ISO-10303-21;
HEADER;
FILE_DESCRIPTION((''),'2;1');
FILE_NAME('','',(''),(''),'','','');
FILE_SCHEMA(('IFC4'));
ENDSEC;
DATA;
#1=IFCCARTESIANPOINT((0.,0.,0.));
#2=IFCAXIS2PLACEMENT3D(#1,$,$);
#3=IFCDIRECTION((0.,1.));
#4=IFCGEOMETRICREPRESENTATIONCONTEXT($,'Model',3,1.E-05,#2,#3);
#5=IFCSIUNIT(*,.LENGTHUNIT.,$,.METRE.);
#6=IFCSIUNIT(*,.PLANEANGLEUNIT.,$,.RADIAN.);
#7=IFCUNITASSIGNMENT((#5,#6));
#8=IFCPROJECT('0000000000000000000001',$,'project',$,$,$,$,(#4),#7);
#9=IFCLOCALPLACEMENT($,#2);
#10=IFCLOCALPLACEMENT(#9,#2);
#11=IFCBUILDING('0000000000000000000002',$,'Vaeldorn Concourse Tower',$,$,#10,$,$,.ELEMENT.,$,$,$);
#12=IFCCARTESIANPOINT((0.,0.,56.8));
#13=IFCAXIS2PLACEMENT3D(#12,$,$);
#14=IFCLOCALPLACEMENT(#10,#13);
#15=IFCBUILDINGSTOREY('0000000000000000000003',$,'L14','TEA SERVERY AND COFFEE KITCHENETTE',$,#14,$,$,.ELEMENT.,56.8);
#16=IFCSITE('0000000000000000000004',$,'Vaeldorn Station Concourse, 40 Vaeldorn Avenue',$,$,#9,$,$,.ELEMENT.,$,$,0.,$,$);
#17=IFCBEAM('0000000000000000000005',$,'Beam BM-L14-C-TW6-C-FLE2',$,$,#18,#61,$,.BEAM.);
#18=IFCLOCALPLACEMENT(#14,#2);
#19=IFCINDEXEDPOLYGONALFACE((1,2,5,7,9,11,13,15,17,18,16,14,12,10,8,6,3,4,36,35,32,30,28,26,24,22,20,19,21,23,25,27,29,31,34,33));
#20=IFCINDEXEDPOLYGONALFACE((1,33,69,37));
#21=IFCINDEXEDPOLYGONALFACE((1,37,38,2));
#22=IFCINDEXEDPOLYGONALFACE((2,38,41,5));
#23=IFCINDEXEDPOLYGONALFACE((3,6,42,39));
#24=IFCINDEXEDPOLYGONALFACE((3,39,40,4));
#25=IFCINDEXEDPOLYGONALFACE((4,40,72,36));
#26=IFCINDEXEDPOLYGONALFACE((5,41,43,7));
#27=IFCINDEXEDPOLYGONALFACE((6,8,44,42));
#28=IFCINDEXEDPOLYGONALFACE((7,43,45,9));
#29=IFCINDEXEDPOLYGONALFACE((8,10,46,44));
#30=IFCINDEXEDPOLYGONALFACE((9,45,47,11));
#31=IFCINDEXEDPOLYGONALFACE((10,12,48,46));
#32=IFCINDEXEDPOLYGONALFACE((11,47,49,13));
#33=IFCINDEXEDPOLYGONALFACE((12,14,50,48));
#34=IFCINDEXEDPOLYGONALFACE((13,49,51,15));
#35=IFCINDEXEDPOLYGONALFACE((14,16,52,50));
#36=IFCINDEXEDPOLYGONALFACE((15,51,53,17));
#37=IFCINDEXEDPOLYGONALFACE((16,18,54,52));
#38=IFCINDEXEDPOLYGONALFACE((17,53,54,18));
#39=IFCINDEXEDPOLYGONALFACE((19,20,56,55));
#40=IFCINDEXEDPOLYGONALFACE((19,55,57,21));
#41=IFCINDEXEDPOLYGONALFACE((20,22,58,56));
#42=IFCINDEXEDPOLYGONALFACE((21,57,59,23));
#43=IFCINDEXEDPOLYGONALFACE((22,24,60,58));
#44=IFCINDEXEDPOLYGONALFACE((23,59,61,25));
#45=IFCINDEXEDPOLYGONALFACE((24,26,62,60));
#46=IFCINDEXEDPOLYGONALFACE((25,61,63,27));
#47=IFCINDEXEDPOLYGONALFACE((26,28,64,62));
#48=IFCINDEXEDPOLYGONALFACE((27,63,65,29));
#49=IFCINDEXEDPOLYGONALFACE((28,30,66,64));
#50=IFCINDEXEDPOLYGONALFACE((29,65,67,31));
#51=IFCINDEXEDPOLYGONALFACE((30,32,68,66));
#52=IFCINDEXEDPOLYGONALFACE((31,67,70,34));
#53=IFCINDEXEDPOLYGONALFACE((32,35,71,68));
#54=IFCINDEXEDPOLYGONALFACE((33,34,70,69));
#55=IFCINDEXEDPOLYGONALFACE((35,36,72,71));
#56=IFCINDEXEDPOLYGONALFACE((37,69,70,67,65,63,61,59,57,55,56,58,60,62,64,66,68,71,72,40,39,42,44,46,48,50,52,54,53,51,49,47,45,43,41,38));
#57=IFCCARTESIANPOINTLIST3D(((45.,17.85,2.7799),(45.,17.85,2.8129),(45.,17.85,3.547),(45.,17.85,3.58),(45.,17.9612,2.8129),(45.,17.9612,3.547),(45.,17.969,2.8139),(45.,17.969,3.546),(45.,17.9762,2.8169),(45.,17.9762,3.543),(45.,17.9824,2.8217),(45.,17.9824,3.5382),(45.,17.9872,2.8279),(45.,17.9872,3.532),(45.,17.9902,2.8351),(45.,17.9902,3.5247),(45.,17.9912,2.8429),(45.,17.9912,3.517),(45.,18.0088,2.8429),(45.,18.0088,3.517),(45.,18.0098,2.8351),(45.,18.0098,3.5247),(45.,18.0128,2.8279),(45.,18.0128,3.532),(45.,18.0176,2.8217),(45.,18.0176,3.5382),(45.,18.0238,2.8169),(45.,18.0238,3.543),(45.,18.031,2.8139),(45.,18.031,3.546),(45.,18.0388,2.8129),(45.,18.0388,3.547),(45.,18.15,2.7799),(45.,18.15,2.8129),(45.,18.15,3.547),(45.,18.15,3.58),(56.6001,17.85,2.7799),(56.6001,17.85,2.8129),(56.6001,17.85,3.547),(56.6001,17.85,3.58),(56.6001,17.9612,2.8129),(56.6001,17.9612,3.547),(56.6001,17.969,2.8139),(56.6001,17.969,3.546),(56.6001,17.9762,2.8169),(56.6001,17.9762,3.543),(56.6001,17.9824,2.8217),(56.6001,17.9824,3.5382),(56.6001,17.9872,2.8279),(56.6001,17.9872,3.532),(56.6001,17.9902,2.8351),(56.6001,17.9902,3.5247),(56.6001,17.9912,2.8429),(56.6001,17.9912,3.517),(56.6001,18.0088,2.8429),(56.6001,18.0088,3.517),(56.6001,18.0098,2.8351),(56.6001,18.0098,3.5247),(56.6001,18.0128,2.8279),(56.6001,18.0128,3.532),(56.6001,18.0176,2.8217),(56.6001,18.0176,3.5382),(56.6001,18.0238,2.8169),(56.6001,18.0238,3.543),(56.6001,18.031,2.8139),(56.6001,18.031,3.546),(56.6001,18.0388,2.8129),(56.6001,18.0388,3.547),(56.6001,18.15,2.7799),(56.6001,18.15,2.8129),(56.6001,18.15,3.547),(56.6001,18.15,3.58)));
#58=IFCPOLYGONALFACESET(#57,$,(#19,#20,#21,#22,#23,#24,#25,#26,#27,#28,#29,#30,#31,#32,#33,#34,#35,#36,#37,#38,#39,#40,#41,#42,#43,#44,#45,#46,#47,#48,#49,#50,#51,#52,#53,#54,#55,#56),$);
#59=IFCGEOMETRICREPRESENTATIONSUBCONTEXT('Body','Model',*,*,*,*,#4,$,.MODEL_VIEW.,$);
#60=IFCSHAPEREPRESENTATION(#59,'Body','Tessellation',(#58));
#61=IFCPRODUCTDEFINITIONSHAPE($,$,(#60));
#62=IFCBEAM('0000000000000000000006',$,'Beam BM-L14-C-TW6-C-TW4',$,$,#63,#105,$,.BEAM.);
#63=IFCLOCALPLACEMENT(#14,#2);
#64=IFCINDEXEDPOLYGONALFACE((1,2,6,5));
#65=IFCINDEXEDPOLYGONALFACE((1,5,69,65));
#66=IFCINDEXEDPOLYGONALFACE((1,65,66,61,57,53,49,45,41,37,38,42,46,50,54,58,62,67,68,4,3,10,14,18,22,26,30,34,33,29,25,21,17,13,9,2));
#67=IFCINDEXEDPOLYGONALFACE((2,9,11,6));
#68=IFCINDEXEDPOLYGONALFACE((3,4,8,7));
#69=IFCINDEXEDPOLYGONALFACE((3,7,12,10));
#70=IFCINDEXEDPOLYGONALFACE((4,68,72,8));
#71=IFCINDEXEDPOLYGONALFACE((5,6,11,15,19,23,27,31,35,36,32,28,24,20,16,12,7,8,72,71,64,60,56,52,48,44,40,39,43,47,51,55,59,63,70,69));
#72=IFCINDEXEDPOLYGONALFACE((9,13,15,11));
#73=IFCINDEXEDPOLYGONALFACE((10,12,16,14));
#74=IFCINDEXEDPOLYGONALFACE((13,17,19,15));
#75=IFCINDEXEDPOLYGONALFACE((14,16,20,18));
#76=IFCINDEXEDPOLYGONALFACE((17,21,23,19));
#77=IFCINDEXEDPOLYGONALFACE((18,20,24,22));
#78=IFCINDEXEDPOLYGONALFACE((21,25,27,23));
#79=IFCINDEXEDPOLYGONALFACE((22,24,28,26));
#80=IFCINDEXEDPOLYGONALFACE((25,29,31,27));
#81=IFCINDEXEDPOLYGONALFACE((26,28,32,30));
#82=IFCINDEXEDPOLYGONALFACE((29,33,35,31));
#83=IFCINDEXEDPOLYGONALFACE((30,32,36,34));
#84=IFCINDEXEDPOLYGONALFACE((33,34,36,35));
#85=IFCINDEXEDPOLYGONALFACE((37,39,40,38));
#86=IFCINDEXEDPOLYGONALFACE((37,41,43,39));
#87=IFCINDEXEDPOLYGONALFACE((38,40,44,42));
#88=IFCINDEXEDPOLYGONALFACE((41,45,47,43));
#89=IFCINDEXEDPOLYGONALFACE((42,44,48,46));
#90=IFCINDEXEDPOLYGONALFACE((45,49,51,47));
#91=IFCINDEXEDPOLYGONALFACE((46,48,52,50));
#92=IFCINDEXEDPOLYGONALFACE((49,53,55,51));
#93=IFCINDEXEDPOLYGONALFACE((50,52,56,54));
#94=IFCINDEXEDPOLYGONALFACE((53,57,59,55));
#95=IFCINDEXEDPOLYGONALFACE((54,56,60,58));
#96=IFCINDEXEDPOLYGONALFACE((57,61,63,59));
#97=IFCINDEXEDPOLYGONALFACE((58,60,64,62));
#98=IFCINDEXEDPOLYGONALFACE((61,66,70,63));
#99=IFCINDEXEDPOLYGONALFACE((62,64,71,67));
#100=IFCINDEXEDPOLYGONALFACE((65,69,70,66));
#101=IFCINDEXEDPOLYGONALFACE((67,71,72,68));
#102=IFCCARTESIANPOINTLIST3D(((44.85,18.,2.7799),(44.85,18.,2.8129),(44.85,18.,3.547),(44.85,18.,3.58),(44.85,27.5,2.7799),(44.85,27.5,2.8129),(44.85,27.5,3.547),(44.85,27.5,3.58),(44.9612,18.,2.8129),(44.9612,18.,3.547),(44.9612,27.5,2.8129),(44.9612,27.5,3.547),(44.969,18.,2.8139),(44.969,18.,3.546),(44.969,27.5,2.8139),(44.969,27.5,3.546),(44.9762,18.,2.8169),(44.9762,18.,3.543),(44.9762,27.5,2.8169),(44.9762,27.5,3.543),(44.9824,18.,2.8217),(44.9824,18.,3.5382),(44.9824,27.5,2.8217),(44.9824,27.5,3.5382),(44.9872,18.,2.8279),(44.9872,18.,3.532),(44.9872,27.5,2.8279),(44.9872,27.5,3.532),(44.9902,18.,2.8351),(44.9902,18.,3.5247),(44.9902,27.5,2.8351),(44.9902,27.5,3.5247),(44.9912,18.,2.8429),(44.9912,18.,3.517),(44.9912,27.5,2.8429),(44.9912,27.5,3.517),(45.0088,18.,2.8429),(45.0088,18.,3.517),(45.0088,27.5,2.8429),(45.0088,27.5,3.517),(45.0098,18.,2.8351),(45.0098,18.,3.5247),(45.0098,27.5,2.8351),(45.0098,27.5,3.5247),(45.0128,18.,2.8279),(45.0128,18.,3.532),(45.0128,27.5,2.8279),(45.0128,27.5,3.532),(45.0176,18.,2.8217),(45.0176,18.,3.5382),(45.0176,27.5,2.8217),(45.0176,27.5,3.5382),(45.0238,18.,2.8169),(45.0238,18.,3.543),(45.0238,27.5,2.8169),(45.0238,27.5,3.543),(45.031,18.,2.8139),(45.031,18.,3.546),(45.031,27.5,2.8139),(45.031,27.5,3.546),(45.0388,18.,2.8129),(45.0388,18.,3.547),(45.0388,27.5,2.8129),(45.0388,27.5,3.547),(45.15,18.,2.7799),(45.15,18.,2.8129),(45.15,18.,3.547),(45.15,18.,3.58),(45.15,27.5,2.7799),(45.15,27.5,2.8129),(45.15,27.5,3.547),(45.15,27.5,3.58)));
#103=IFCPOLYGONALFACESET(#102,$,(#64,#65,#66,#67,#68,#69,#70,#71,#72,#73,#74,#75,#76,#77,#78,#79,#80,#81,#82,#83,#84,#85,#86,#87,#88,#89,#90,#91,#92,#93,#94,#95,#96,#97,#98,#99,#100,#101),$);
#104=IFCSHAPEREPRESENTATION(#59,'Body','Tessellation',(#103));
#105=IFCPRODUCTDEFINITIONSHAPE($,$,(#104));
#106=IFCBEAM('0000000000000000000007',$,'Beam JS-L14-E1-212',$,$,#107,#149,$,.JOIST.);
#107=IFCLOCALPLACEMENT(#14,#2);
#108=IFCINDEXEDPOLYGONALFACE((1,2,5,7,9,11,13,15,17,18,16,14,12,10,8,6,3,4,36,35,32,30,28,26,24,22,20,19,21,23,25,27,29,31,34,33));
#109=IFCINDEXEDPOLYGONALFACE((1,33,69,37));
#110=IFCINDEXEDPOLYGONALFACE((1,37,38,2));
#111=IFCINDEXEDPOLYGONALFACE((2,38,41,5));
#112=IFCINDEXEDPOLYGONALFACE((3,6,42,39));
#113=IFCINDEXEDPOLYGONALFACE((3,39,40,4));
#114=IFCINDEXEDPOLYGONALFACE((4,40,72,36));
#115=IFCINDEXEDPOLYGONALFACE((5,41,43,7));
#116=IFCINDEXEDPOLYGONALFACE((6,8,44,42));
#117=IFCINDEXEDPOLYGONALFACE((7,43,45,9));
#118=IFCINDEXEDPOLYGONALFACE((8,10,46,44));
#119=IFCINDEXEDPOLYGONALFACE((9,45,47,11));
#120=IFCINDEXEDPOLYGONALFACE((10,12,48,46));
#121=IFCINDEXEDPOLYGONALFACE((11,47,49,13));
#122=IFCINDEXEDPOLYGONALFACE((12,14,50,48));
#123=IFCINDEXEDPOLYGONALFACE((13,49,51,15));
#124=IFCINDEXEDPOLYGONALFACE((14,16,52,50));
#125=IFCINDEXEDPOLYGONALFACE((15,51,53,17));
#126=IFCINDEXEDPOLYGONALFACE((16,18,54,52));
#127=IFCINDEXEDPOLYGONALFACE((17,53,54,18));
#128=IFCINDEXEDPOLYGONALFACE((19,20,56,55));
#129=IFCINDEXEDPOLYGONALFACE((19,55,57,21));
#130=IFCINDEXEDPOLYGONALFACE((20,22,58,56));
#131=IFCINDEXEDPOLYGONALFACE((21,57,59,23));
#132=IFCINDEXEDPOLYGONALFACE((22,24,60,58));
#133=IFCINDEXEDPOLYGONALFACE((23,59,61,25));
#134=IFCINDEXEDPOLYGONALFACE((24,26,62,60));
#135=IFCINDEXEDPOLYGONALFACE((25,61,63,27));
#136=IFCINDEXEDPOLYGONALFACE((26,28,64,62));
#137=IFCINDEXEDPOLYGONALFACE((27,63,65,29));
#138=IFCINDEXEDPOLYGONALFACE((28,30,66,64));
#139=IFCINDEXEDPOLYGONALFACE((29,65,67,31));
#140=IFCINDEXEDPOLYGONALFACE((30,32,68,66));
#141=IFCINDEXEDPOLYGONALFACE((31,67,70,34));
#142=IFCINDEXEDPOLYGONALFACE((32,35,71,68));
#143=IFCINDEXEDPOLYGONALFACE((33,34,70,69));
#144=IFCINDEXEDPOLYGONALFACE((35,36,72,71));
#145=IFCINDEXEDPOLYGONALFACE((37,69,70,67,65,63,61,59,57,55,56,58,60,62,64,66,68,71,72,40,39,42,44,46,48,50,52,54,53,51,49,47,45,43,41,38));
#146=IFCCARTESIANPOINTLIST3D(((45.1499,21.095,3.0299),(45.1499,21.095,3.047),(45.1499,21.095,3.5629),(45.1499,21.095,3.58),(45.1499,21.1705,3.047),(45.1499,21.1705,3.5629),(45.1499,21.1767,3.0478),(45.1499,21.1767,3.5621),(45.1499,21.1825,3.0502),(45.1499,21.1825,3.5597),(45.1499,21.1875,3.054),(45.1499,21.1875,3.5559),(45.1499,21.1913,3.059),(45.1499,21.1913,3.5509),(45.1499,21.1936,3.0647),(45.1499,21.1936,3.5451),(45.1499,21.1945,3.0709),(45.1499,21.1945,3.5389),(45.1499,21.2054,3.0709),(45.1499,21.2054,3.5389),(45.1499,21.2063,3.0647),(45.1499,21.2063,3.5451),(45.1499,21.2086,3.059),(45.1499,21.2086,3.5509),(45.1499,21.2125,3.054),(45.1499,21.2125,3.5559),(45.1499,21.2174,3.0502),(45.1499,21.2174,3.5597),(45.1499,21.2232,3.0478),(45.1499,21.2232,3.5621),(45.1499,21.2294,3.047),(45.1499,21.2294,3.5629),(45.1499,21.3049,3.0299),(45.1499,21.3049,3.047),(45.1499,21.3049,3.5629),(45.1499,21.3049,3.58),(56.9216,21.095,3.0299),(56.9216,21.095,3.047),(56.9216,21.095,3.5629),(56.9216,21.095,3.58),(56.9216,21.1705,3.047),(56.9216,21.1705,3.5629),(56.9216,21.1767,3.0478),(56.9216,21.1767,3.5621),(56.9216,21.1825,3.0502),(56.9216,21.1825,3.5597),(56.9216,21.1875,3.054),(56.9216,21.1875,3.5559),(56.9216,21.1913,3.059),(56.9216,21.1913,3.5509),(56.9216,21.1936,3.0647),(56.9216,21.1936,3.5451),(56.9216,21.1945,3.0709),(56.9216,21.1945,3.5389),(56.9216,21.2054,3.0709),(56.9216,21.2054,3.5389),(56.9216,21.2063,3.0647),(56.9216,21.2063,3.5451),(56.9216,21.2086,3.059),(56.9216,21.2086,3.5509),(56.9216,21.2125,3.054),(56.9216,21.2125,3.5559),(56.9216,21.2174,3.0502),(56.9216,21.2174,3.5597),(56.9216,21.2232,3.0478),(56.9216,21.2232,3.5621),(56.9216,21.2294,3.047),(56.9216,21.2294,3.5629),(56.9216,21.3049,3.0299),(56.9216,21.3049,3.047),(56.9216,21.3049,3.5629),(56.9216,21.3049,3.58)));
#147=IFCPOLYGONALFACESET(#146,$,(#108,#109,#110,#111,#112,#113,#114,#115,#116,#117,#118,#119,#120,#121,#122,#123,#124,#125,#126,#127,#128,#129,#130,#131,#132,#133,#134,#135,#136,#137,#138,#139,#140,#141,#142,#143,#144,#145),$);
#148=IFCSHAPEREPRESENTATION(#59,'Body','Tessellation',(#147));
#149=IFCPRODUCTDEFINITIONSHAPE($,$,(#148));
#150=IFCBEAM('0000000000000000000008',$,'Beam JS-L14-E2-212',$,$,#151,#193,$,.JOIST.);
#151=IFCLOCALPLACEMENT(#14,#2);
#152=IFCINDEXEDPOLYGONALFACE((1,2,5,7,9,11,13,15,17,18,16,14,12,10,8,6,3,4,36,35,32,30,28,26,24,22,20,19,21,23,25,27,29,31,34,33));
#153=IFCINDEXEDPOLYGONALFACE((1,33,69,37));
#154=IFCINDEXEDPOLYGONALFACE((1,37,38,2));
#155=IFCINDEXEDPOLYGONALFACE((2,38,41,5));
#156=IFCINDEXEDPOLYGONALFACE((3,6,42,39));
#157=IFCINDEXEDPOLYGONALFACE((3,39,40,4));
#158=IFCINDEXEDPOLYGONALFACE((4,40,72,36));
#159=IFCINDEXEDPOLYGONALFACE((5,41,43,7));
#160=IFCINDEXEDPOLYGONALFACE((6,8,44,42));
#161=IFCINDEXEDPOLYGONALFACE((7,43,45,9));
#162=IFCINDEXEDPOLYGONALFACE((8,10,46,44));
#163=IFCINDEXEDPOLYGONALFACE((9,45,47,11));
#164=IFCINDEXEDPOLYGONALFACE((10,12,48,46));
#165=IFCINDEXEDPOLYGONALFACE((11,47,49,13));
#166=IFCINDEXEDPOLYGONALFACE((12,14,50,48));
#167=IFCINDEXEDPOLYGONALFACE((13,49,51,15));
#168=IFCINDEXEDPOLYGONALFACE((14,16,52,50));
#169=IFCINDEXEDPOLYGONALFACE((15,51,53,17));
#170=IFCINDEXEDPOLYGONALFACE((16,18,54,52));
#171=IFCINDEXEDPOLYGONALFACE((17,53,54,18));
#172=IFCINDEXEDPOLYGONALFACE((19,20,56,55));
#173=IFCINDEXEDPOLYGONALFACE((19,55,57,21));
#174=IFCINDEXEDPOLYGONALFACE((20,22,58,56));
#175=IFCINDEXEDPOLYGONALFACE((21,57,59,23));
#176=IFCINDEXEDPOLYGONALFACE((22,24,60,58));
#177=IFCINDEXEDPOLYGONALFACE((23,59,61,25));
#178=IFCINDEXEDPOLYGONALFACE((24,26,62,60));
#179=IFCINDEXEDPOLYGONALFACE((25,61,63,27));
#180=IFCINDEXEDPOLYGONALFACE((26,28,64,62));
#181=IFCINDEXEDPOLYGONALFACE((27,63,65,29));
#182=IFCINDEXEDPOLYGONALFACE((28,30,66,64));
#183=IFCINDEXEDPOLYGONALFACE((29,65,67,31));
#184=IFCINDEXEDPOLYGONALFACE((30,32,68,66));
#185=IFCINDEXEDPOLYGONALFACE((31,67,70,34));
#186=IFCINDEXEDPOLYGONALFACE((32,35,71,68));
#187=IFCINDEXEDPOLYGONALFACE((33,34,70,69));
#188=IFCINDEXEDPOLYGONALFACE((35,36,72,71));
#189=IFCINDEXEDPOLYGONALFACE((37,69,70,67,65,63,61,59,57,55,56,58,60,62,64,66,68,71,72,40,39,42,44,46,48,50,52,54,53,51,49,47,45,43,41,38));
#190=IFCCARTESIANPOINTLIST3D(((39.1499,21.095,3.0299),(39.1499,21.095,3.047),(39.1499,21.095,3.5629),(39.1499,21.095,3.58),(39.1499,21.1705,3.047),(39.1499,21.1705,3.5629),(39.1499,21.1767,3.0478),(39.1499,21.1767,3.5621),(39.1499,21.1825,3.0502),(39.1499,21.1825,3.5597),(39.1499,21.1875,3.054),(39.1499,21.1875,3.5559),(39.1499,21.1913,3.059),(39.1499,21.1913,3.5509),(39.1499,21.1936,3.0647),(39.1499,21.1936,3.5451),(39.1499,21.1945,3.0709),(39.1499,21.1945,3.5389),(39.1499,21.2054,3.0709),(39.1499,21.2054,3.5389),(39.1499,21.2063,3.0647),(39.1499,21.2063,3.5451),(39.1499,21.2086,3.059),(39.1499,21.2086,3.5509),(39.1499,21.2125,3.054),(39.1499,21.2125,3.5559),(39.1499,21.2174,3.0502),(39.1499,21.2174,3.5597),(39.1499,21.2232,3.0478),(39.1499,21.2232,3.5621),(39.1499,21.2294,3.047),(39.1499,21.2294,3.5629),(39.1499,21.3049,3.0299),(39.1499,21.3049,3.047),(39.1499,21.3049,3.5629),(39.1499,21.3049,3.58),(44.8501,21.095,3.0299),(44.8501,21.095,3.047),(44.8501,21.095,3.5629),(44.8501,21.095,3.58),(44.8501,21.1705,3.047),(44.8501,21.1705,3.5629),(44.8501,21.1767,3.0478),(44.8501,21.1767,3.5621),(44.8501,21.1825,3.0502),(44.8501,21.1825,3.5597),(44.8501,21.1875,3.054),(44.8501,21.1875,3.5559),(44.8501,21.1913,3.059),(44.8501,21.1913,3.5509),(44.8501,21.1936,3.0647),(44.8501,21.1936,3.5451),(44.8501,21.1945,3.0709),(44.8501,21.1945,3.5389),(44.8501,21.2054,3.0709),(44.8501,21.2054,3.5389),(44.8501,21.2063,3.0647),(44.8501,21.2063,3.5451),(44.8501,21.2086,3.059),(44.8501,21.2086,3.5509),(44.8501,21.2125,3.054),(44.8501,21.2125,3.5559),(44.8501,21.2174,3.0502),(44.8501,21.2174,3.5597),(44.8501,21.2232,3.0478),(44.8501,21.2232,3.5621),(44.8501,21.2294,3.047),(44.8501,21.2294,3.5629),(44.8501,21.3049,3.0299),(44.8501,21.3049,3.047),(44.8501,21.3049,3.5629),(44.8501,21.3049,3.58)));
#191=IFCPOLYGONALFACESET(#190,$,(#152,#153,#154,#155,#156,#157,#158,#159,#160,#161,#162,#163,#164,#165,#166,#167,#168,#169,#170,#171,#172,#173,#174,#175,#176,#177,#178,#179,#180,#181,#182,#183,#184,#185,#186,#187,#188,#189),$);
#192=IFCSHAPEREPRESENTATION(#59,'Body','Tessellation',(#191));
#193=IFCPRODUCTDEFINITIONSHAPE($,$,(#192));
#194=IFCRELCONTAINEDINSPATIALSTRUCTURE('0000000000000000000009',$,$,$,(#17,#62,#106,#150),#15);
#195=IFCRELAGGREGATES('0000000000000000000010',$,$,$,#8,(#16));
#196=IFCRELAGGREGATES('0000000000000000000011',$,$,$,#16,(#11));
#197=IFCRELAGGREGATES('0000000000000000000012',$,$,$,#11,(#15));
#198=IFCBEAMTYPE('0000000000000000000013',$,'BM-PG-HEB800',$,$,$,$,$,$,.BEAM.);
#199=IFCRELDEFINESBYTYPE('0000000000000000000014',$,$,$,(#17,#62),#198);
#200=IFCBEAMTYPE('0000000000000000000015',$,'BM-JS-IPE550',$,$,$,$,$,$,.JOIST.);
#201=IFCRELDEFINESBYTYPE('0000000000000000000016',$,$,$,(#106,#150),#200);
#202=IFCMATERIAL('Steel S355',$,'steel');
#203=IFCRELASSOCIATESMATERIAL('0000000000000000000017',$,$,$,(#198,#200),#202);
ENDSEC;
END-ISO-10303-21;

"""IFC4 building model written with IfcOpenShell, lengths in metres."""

from ifc_helpers import new_model, si_unit, direction, frame, origin, origin_2d, place, context, subcontext, project, spatial, i_section, extrude, source, transform, mapped, material, material_profile, profile_set, type_object, element, save


model = new_model("IFC4")

# Units and contexts
model_context = context("Model", 3, precision=1e-05, world=origin(), true_north=direction((0.0, 1.0)))
body_context = subcontext(model_context, "Body", "Model", "MODEL_VIEW")
ifc_project = project(units=[si_unit("LENGTHUNIT", "METRE"), si_unit("PLANEANGLEUNIT", "RADIAN")], contexts=[model_context])

# Site, building, storey
site_placement = place(None, origin())
site = spatial("IfcSite", under=ifc_project, at=site_placement, Name="Vaeldorn Station Concourse, 40 Vaeldorn Avenue", CompositionType="ELEMENT", RefElevation=0.0)
building_placement = place(site_placement, origin())
building = spatial("IfcBuilding", under=site, at=building_placement, Name="Vaeldorn Concourse Tower", CompositionType="ELEMENT")
storey_placement = place(building_placement, frame((0.0, 0.0, 56.8)))
storey = spatial("IfcBuildingStorey", under=building, at=storey_placement, Name="L14", Description="TEA SERVERY AND COFFEE KITCHENETTE", CompositionType="ELEMENT", Elevation=56.8)

# Beams
ifc_material_1 = material(Name="Steel S355", Category="steel")
ifc_material_profile_1 = material_profile(ifc_material_1, i_section(OverallWidth=0.3, OverallDepth=0.8, WebThickness=0.0176, FlangeThickness=0.033, FilletRadius=0.03, at=origin_2d()), Name="HEB 800")
ifc_profile_set_1 = profile_set([ifc_material_profile_1], Name="Steel S355")
beam_type_1 = type_object("IfcBeamType", Name="BM-PG-HEB800", PredefinedType="BEAM", material=ifc_profile_set_1)
shared_shape_1 = source(origin(), body_context, "Body", "SweptSolid", [
    extrude(i_section(OverallWidth=0.3, OverallDepth=0.8, WebThickness=0.0176, FlangeThickness=0.033, FilletRadius=0.03, at=origin_2d()), origin(), (0.0, 0.0, 1.0), 11.6001),
])
beam_1_placement = place(storey_placement, frame((45.0, 18.0, 3.1799), z_axis=(1.0, 0.0, 0.0), x_axis=(0.0, 1.0, 0.0)))
element("IfcBeam", 1, at=beam_1_placement, inside=storey, type_object=beam_type_1, Name="Beam BM-L14-C-TW6-C-FLE2", PredefinedType="BEAM", context=body_context, shape_type="MappedRepresentation", body=[
    mapped(shared_shape_1, transform((0.0, 0.0, 0.0), scale=1.0)),
])
shared_shape_2 = source(origin(), body_context, "Body", "SweptSolid", [
    extrude(i_section(OverallWidth=0.3, OverallDepth=0.8, WebThickness=0.0176, FlangeThickness=0.033, FilletRadius=0.03, at=origin_2d()), origin(), (0.0, 0.0, 1.0), 9.5),
])
beam_2_placement = place(storey_placement, frame((45.0, 18.0, 3.1799), z_axis=(0.0, 1.0, 0.0), x_axis=(-1.0, 0.0, 0.0)))
element("IfcBeam", 2, at=beam_2_placement, inside=storey, type_object=beam_type_1, Name="Beam BM-L14-C-TW6-C-TW4", PredefinedType="BEAM", context=body_context, shape_type="MappedRepresentation", body=[
    mapped(shared_shape_2, transform((0.0, 0.0, 0.0), scale=1.0)),
])
ifc_material_profile_2 = material_profile(ifc_material_1, i_section(OverallWidth=0.21, OverallDepth=0.55, WebThickness=0.011, FlangeThickness=0.0171, FilletRadius=0.0239, at=origin_2d()), Name="IPE 550")
ifc_profile_set_2 = profile_set([ifc_material_profile_2], Name="Steel S355")
beam_type_2 = type_object("IfcBeamType", Name="BM-JS-IPE550", PredefinedType="JOIST", material=ifc_profile_set_2)
shared_shape_3 = source(origin(), body_context, "Body", "SweptSolid", [
    extrude(i_section(OverallWidth=0.21, OverallDepth=0.55, WebThickness=0.011, FlangeThickness=0.0171, FilletRadius=0.0239, at=origin_2d()), origin(), (0.0, 0.0, 1.0), 11.7717),
])
beam_3_placement = place(storey_placement, frame((45.1499, 21.2, 3.3049), z_axis=(1.0, 0.0, 0.0), x_axis=(0.0, 1.0, 0.0)))
element("IfcBeam", 3, at=beam_3_placement, inside=storey, type_object=beam_type_2, Name="Beam JS-L14-E1-212", PredefinedType="JOIST", context=body_context, shape_type="MappedRepresentation", body=[
    mapped(shared_shape_3, transform((0.0, 0.0, 0.0), scale=1.0)),
])
shared_shape_4 = source(origin(), body_context, "Body", "SweptSolid", [
    extrude(i_section(OverallWidth=0.21, OverallDepth=0.55, WebThickness=0.011, FlangeThickness=0.0171, FilletRadius=0.0239, at=origin_2d()), origin(), (0.0, 0.0, 1.0), 5.7002),
])
for number, where, z_axis, x_axis, name in (
    (4, (39.1499, 21.2, 3.3049), (1.0, 0.0, 0.0), (0.0, 1.0, 0.0), "Beam JS-L14-E2-212"),
):
    element("IfcBeam", number, at=place(storey_placement, frame(where, z_axis=z_axis, x_axis=x_axis)), inside=storey, type_object=beam_type_2, Name=name, PredefinedType="JOIST", context=body_context, shape_type="MappedRepresentation", body=[
        mapped(shared_shape_4, transform((0.0, 0.0, 0.0), scale=1.0)),
    ])

save(model, "model.ifc")
